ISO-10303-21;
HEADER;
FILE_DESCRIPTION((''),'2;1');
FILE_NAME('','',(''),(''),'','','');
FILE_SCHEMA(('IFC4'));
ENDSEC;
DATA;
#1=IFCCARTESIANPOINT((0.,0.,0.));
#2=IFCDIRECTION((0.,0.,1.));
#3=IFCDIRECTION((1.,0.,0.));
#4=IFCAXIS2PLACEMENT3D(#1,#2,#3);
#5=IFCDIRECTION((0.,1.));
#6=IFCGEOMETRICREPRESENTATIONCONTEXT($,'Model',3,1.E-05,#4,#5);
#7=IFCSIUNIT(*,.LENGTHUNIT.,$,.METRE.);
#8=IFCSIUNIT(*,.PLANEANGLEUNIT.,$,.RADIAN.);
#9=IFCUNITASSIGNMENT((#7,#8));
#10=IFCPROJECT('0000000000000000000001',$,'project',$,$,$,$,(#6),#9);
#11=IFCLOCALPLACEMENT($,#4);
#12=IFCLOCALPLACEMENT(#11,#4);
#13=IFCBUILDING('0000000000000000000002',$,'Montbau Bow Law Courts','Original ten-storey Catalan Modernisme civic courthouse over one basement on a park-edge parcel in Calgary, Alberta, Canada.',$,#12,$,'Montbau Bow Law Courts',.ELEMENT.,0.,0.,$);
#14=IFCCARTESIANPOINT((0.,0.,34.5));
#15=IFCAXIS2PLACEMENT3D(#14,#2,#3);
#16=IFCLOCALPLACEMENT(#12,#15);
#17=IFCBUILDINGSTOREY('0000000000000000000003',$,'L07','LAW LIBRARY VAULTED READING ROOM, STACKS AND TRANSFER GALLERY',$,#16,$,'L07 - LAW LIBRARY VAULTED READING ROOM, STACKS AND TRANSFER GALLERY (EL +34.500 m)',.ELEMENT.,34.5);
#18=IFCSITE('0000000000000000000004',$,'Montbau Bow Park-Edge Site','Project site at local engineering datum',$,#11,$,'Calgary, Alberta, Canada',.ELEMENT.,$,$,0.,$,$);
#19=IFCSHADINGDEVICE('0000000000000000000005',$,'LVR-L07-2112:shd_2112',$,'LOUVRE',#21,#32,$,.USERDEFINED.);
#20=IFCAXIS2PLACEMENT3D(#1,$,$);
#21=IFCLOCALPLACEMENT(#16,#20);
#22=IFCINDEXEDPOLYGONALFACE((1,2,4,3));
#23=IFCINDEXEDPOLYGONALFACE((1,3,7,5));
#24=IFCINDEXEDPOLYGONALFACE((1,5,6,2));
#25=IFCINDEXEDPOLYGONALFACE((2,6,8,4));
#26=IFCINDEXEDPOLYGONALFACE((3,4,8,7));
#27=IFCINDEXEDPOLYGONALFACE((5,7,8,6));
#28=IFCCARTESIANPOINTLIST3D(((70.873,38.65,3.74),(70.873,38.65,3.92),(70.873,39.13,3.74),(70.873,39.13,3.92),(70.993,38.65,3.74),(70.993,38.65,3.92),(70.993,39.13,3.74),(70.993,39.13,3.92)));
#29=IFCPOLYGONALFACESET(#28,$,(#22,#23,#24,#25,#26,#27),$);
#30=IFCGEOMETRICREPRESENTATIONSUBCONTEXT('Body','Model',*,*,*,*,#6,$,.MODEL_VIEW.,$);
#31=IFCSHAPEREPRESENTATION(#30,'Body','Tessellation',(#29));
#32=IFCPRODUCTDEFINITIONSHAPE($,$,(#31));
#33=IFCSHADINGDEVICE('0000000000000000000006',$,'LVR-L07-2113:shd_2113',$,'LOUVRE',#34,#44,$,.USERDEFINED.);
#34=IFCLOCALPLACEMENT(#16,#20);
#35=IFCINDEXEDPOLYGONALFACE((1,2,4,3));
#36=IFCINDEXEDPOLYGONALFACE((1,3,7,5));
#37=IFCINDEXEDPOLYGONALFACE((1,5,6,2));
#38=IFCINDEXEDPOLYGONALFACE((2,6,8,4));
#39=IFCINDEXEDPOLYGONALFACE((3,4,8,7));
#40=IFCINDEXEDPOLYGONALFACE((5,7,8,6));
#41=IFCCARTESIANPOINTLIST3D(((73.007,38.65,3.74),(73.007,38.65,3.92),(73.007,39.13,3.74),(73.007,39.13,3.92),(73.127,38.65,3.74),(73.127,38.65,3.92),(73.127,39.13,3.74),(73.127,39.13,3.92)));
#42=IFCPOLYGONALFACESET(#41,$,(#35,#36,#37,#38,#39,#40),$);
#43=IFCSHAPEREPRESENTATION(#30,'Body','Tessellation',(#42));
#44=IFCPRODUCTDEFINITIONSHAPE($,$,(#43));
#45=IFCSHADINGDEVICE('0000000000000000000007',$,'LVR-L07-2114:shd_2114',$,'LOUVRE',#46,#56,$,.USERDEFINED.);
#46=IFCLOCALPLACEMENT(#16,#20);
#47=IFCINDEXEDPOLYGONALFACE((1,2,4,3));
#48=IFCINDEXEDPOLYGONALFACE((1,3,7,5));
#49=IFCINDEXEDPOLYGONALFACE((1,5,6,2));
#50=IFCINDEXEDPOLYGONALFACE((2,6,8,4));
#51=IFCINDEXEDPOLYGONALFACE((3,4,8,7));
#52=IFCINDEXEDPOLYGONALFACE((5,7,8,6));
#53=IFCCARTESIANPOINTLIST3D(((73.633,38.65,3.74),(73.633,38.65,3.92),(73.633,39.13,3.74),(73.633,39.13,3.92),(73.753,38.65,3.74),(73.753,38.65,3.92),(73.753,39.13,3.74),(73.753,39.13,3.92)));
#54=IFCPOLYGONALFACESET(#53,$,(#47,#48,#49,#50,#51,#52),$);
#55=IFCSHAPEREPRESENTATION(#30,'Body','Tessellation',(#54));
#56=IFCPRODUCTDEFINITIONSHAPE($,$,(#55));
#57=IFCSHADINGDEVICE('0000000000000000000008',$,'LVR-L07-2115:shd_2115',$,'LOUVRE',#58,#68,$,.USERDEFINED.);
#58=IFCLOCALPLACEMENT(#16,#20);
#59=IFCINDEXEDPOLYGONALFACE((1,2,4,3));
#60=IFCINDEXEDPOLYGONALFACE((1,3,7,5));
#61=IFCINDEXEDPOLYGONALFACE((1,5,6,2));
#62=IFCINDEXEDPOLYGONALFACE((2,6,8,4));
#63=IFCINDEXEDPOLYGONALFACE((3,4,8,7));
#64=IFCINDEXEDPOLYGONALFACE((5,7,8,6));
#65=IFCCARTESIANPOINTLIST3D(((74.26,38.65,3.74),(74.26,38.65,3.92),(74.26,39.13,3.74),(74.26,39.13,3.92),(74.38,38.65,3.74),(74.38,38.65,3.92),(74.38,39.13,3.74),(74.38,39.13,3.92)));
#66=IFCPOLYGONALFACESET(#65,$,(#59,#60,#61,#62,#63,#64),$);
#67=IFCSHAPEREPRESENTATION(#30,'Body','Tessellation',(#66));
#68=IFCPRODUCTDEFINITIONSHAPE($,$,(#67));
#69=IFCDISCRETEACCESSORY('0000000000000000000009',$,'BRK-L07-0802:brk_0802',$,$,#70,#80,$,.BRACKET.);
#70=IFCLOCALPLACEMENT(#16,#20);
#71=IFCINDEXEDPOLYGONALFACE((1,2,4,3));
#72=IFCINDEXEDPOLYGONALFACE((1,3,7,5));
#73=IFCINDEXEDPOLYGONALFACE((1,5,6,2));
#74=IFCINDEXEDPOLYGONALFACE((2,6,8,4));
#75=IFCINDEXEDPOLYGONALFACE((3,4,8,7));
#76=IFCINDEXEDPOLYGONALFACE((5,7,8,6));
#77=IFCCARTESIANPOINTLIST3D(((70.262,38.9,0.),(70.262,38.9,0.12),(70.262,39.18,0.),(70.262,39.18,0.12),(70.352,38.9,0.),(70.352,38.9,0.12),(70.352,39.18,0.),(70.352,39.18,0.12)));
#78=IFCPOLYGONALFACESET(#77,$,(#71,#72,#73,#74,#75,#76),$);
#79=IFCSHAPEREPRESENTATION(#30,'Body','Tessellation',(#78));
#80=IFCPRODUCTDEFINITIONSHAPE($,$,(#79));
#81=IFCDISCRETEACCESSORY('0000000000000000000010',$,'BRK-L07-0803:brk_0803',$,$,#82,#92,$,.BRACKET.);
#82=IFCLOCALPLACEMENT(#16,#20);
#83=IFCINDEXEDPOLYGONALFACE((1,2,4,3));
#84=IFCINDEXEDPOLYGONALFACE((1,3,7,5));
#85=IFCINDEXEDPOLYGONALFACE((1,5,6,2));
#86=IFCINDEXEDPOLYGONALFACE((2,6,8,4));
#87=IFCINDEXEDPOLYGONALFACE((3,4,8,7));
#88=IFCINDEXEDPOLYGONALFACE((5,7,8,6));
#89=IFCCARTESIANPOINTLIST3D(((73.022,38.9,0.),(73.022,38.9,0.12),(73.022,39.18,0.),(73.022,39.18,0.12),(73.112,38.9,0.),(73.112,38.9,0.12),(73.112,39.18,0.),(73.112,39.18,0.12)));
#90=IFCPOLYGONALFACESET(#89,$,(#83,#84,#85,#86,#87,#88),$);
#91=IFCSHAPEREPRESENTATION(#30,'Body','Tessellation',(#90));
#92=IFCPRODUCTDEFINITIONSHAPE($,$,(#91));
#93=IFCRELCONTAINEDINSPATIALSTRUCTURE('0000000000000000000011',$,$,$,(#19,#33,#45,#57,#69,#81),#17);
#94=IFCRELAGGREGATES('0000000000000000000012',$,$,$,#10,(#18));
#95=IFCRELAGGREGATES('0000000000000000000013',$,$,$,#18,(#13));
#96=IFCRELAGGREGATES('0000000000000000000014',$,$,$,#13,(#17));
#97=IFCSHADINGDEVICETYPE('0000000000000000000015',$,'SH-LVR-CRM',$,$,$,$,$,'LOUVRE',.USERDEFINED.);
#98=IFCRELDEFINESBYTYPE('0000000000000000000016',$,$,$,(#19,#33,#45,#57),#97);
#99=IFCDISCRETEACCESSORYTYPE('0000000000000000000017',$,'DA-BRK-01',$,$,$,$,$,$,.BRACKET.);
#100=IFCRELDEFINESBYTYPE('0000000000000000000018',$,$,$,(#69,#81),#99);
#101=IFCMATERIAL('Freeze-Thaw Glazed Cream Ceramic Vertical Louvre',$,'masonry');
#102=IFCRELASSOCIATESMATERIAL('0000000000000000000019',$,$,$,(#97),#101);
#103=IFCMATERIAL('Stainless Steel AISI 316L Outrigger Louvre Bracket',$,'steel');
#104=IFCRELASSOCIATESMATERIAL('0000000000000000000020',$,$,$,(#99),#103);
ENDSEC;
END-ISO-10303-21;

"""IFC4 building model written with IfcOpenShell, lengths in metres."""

from ifc_helpers import new_model, si_unit, direction, frame, origin_with_axes, origin_2d_with_axis, place, context, subcontext, project, spatial, rectangle, extrude, material, type_object, element, save


model = new_model("IFC4")

# Units and contexts
model_context = context("Model", 3, precision=1e-05, world=origin_with_axes(), true_north=direction((0.0, 1.0)))
body_context = subcontext(model_context, "Body", "Model", "MODEL_VIEW")
ifc_project = project(units=[si_unit("LENGTHUNIT", "METRE"), si_unit("PLANEANGLEUNIT", "RADIAN")], contexts=[model_context])

# Site, building, storey
site_placement = place(None, origin_with_axes())
site = spatial("IfcSite", under=ifc_project, at=site_placement, Name="Montbau Bow Park-Edge Site", Description="Project site at local engineering datum", LongName="Calgary, Alberta, Canada", CompositionType="ELEMENT", RefElevation=0.0)
building_placement = place(site_placement, origin_with_axes())
building = spatial("IfcBuilding", under=site, at=building_placement, Name="Montbau Bow Law Courts", Description="Original ten-storey Catalan Modernisme civic courthouse over one basement on a park-edge parcel in Calgary, Alberta, Canada.", LongName="Montbau Bow Law Courts", CompositionType="ELEMENT", ElevationOfRefHeight=0.0, ElevationOfTerrain=0.0)
storey_placement = place(building_placement, frame((0.0, 0.0, 34.5), z_axis=(0.0, 0.0, 1.0), x_axis=(1.0, 0.0, 0.0)))
storey = spatial("IfcBuildingStorey", under=building, at=storey_placement, Name="L07", Description="LAW LIBRARY VAULTED READING ROOM, STACKS AND TRANSFER GALLERY", LongName="L07 - LAW LIBRARY VAULTED READING ROOM, STACKS AND TRANSFER GALLERY (EL +34.500 m)", CompositionType="ELEMENT", Elevation=34.5)

# Shading devices
ifc_material_1 = material(Name="Freeze-Thaw Glazed Cream Ceramic Vertical Louvre", Category="masonry")
shading_device_type = type_object("IfcShadingDeviceType", Name="SH-LVR-CRM", ElementType="LOUVRE", PredefinedType="USERDEFINED", material=ifc_material_1)
for number, where, z_axis, x_axis, name in (
    (1, (70.933, 38.89, 38.24), (0.0, 0.0, 1.0), (0.0, -1.0, 0.0), "LVR-L07-2112:shd_2112"),
    (2, (73.067, 38.89, 38.24), (0.0, 0.0, 1.0), (0.0, -1.0, 0.0), "LVR-L07-2113:shd_2113"),
    (3, (73.693, 38.89, 38.24), (0.0, 0.0, 1.0), (0.0, -1.0, 0.0), "LVR-L07-2114:shd_2114"),
    (4, (74.32, 38.89, 38.24), (0.0, 0.0, 1.0), (0.0, -1.0, 0.0), "LVR-L07-2115:shd_2115"),
):
    element("IfcShadingDevice", number, at=place(None, frame(where, z_axis=z_axis, x_axis=x_axis)), inside=storey, type_object=shading_device_type, Name=name, ObjectType="LOUVRE", PredefinedType="USERDEFINED", context=body_context, shape_type="SweptSolid", body=[
        extrude(rectangle(XDim=0.48, YDim=0.12, at=origin_2d_with_axis()), origin_with_axes(), (0.0, 0.0, 1.0), 0.18),
    ])

# Discrete accessories
ifc_material_2 = material(Name="Stainless Steel AISI 316L Outrigger Louvre Bracket", Category="steel")
discrete_accessory_type = type_object("IfcDiscreteAccessoryType", Name="DA-BRK-01", PredefinedType="BRACKET", material=ifc_material_2)
for number, where, z_axis, x_axis, name in (
    (5, (70.307, 39.04, 34.5), (0.0, 0.0, 1.0), (0.0, -1.0, 0.0), "BRK-L07-0802:brk_0802"),
    (6, (73.067, 39.04, 34.5), (0.0, 0.0, 1.0), (0.0, -1.0, 0.0), "BRK-L07-0803:brk_0803"),
):
    element("IfcDiscreteAccessory", number, at=place(None, frame(where, z_axis=z_axis, x_axis=x_axis)), inside=storey, type_object=discrete_accessory_type, Name=name, PredefinedType="BRACKET", context=body_context, shape_type="SweptSolid", body=[
        extrude(rectangle(XDim=0.28, YDim=0.09, at=origin_2d_with_axis()), origin_with_axes(), (0.0, 0.0, 1.0), 0.12),
    ])

save(model, "model.ifc")
